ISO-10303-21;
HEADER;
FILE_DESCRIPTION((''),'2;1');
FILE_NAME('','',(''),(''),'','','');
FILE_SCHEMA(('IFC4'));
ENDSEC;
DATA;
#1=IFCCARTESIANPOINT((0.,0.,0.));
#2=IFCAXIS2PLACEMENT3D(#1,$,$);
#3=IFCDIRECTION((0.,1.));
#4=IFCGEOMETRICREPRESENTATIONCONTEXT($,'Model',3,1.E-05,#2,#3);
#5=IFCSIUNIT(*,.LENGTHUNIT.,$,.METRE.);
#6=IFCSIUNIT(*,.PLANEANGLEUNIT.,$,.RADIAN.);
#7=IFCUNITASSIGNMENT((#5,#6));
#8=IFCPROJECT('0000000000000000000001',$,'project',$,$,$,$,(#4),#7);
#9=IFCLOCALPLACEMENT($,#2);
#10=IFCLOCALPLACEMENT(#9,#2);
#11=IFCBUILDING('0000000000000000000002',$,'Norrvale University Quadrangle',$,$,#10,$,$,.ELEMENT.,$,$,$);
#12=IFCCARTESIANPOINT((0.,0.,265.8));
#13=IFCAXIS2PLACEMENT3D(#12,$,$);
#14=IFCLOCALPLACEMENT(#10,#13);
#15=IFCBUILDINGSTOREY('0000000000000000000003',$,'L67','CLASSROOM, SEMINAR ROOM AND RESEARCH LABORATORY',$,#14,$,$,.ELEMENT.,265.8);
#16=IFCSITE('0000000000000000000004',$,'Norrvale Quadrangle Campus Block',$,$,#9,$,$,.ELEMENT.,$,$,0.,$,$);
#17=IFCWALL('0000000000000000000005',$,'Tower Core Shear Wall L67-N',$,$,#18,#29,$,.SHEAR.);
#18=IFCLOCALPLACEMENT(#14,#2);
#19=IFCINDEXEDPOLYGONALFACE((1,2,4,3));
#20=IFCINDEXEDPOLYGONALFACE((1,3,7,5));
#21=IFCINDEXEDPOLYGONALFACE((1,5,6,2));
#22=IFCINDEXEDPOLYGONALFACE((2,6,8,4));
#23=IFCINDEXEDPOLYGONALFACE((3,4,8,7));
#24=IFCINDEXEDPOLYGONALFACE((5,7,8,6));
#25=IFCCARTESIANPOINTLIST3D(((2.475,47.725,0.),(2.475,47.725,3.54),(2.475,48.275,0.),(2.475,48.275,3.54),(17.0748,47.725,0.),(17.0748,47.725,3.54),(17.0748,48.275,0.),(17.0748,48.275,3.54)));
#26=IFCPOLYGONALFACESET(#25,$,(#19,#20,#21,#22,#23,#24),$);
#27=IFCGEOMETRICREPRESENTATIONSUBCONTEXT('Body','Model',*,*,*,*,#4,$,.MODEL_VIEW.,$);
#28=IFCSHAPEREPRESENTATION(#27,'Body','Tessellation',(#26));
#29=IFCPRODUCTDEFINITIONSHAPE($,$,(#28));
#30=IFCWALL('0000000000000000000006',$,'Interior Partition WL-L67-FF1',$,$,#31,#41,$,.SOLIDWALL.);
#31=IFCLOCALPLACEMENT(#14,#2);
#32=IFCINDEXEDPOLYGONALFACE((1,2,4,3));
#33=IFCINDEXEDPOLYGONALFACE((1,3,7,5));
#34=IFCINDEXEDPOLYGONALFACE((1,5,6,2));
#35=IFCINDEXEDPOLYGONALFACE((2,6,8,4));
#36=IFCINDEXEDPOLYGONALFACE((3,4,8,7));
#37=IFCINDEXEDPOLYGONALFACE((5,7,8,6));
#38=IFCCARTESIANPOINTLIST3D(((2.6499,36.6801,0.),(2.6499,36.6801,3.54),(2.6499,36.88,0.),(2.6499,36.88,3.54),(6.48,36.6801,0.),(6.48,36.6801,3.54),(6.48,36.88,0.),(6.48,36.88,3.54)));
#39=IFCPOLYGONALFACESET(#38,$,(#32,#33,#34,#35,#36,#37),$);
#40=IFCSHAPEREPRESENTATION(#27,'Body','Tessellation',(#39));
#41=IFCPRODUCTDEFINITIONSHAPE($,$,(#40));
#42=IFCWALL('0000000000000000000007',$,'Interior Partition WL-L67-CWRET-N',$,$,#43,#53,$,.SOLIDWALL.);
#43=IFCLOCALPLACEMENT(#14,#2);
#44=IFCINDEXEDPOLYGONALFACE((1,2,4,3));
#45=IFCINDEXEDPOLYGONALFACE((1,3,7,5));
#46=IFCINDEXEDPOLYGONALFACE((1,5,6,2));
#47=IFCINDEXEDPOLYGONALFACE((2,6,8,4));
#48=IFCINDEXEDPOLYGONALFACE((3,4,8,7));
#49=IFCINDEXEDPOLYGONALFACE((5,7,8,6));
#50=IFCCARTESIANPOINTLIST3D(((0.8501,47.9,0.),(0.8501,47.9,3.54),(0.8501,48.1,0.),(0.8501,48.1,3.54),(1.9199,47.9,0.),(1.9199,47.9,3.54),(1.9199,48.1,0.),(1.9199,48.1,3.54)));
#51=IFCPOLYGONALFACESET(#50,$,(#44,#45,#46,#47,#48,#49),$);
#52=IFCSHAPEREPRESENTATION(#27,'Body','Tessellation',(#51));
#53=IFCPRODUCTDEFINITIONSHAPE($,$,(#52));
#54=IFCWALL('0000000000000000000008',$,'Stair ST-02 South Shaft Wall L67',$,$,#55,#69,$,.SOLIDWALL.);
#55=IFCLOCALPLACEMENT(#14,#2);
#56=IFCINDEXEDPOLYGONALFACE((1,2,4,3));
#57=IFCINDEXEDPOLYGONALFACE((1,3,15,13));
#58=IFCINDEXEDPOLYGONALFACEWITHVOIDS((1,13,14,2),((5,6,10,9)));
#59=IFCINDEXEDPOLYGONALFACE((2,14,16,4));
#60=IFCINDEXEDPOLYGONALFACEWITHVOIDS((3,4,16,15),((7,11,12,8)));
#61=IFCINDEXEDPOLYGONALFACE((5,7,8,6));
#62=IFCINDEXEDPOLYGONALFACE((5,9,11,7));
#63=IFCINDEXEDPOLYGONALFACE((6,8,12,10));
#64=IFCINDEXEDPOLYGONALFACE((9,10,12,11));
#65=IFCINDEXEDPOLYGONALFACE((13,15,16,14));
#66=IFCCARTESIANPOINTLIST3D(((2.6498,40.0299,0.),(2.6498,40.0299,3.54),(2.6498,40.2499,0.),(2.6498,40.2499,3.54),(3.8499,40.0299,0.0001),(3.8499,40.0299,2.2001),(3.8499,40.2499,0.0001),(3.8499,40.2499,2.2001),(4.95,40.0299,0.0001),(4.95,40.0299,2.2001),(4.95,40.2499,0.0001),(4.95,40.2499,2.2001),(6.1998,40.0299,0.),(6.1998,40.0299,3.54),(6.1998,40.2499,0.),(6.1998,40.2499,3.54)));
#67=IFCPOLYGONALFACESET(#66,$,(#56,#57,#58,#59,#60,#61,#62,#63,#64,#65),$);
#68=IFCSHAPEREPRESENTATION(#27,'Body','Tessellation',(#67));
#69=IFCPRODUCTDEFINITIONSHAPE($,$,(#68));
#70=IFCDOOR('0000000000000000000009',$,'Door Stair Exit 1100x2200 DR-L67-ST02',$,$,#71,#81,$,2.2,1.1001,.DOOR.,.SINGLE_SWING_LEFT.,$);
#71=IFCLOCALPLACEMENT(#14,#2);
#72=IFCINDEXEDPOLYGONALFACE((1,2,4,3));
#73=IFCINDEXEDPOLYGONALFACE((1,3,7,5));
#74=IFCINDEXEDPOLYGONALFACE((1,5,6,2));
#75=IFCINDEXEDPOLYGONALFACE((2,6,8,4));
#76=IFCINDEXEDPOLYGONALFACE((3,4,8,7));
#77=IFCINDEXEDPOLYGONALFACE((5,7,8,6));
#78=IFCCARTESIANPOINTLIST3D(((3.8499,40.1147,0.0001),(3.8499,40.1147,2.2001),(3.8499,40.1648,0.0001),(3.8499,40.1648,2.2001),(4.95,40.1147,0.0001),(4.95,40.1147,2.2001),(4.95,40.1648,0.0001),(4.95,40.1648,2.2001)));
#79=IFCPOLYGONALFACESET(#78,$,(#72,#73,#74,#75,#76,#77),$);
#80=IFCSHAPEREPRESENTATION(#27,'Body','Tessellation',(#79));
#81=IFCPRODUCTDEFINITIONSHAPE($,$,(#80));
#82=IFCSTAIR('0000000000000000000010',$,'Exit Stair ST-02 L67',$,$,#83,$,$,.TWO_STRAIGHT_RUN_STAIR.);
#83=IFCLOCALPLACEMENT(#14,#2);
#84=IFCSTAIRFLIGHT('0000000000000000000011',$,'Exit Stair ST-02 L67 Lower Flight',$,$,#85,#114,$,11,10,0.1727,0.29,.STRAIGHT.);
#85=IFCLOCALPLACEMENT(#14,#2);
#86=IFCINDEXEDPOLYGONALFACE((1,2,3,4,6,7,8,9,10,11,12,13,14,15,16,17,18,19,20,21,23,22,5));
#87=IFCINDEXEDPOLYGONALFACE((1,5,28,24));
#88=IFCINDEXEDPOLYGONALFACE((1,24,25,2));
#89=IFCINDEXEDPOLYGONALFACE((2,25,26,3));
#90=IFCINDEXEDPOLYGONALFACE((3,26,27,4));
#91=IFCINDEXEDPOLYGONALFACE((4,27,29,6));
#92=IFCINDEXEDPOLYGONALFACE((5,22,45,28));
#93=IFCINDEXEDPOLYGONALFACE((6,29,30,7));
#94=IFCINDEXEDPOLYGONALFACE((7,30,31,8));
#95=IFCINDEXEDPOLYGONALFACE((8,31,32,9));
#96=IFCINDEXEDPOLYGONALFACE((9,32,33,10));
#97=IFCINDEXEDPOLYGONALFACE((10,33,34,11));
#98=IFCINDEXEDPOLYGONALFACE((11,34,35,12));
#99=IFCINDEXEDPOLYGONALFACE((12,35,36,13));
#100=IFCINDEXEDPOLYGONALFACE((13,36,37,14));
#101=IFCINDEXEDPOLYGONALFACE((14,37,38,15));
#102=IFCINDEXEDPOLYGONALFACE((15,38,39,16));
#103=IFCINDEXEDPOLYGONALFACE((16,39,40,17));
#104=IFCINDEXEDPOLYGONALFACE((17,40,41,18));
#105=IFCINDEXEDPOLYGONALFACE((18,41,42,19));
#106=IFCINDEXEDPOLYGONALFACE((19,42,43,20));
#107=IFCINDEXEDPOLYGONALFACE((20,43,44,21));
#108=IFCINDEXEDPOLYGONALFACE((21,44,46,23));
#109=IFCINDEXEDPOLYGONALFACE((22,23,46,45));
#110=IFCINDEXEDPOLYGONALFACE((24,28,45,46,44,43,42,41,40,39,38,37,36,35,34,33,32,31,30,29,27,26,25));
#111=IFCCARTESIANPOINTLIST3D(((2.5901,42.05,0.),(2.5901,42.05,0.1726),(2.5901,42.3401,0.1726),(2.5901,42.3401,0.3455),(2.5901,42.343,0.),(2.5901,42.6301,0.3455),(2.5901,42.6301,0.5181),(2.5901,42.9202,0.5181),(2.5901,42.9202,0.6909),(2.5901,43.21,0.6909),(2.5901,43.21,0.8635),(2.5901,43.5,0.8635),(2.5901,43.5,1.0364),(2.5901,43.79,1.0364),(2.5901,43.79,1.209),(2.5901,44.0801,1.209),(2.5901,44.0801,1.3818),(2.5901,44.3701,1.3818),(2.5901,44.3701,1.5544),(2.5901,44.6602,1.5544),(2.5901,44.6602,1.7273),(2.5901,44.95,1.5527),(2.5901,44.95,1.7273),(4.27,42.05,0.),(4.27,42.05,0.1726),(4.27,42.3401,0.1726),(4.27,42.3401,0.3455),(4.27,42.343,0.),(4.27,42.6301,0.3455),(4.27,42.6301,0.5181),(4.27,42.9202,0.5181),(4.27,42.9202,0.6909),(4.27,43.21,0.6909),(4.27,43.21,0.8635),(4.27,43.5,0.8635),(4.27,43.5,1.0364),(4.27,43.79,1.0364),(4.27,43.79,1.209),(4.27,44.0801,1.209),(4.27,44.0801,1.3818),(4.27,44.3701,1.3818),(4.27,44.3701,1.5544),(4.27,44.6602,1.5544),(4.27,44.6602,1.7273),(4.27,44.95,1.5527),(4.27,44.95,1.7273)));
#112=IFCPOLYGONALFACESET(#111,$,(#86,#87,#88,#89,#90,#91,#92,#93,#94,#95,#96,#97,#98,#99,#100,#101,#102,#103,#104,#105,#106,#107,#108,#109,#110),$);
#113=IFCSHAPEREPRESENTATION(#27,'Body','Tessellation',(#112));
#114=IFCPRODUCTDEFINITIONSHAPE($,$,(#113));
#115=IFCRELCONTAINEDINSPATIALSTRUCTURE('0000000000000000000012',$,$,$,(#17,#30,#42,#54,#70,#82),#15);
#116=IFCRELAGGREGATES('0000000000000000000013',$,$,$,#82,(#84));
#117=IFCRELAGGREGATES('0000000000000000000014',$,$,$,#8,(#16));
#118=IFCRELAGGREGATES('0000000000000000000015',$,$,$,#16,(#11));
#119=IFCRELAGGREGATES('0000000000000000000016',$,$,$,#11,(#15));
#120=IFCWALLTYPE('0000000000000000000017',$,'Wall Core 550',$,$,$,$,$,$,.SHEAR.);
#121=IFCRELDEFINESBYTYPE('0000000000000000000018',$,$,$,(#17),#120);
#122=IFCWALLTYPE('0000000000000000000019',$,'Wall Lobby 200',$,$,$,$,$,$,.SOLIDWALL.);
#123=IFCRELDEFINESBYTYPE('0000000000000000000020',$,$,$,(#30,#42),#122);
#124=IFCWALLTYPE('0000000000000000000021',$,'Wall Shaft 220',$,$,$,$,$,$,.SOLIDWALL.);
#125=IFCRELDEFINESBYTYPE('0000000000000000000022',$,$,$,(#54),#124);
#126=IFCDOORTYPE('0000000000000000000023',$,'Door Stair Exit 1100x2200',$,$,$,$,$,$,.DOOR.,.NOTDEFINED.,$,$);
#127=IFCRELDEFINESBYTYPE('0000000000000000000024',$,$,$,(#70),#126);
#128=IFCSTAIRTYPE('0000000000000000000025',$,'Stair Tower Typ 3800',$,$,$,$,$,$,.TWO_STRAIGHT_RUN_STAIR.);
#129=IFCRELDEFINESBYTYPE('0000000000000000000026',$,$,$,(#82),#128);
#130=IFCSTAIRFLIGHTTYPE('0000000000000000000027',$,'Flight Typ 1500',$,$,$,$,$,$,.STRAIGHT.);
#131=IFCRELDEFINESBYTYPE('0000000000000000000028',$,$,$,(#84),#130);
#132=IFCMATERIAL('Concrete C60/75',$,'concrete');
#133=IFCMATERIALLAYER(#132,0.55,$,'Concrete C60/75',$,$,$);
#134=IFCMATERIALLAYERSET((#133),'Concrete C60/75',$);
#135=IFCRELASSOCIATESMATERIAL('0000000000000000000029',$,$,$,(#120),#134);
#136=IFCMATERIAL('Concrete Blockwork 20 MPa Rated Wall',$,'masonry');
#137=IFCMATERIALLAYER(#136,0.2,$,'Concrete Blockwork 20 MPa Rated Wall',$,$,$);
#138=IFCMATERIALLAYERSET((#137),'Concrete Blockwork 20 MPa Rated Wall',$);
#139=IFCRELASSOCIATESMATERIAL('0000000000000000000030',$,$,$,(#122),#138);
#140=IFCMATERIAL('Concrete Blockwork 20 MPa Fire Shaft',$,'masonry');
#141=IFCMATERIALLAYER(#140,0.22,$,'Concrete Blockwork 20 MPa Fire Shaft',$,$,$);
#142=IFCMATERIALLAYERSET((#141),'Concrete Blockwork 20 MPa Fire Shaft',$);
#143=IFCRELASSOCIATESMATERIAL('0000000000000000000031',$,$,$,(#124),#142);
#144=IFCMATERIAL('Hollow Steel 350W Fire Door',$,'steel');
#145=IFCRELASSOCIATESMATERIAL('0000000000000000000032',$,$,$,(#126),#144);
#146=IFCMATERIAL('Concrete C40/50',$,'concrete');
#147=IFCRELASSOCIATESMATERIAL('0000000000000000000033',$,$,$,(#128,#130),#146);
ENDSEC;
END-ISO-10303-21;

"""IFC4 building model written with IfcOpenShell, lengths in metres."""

from ifc_helpers import new_model, si_unit, direction, frame, frame_2d, origin, place, context, subcontext, project, spatial, polyline, rectangle, outline, extrude, material, layer, layer_set, type_object, element, fill, aggregate, save


model = new_model("IFC4")

# Units and contexts
model_context = context("Model", 3, precision=1e-05, world=origin(), true_north=direction((0.0, 1.0)))
body_context = subcontext(model_context, "Body", "Model", "MODEL_VIEW")
ifc_project = project(units=[si_unit("LENGTHUNIT", "METRE"), si_unit("PLANEANGLEUNIT", "RADIAN")], contexts=[model_context])

# Site, building, storey
site_placement = place(None, origin())
site = spatial("IfcSite", under=ifc_project, at=site_placement, Name="Norrvale Quadrangle Campus Block", CompositionType="ELEMENT", RefElevation=0.0)
building_placement = place(site_placement, origin())
building = spatial("IfcBuilding", under=site, at=building_placement, Name="Norrvale University Quadrangle", CompositionType="ELEMENT")
storey_placement = place(building_placement, frame((0.0, 0.0, 265.8)))
storey = spatial("IfcBuildingStorey", under=building, at=storey_placement, Name="L67", Description="CLASSROOM, SEMINAR ROOM AND RESEARCH LABORATORY", CompositionType="ELEMENT", Elevation=265.8)

# Shared definitions
ifc_material_1 = material(Name="Concrete C60/75", Category="concrete")

# Walls
ifc_layer_1 = layer(ifc_material_1, 0.55, Name="Concrete C60/75")
ifc_layer_set_1 = layer_set([ifc_layer_1], Name="Concrete C60/75")
wall_type_1 = type_object("IfcWallType", Name="Wall Core 550", PredefinedType="SHEAR", material=ifc_layer_set_1)
wall_1_placement = place(storey_placement, frame((2.4751, 48.0, 0.0), z_axis=(0.0, 0.0, 1.0), x_axis=(1.0, 0.0, 0.0)))
element("IfcWall", 1, at=wall_1_placement, inside=storey, type_object=wall_type_1, Name="Tower Core Shear Wall L67-N", PredefinedType="SHEAR", context=body_context, shape_type="SweptSolid", body=[
    extrude(rectangle(XDim=14.5999, YDim=0.55, at=frame_2d((7.2998, 0.0))), origin(), (0.0, 0.0, 1.0), 3.54),
])
ifc_material_2 = material(Name="Concrete Blockwork 20 MPa Rated Wall", Category="masonry")
ifc_layer_2 = layer(ifc_material_2, 0.2, Name="Concrete Blockwork 20 MPa Rated Wall")
ifc_layer_set_2 = layer_set([ifc_layer_2], Name="Concrete Blockwork 20 MPa Rated Wall")
wall_type_2 = type_object("IfcWallType", Name="Wall Lobby 200", PredefinedType="SOLIDWALL", material=ifc_layer_set_2)
wall_2_placement = place(storey_placement, frame((2.6499, 36.78, 0.0), z_axis=(0.0, 0.0, 1.0), x_axis=(1.0, 0.0, 0.0)))
element("IfcWall", 2, at=wall_2_placement, inside=storey, type_object=wall_type_2, Name="Interior Partition WL-L67-FF1", PredefinedType="SOLIDWALL", context=body_context, shape_type="SweptSolid", body=[
    extrude(rectangle(XDim=3.8301, YDim=0.2, at=frame_2d((1.915, 0.0))), origin(), (0.0, 0.0, 1.0), 3.54),
])
wall_3_placement = place(storey_placement, frame((0.8501, 48.0, 0.0), z_axis=(0.0, 0.0, 1.0), x_axis=(1.0, 0.0, 0.0)))
element("IfcWall", 3, at=wall_3_placement, inside=storey, type_object=wall_type_2, Name="Interior Partition WL-L67-CWRET-N", PredefinedType="SOLIDWALL", context=body_context, shape_type="SweptSolid", body=[
    extrude(rectangle(XDim=1.0698, YDim=0.2, at=frame_2d((0.5349, 0.0))), origin(), (0.0, 0.0, 1.0), 3.54),
])

# Wall, opening, door
ifc_material_3 = material(Name="Concrete Blockwork 20 MPa Fire Shaft", Category="masonry")
ifc_layer_3 = layer(ifc_material_3, 0.22, Name="Concrete Blockwork 20 MPa Fire Shaft")
ifc_layer_set_3 = layer_set([ifc_layer_3], Name="Concrete Blockwork 20 MPa Fire Shaft")
wall_type_3 = type_object("IfcWallType", Name="Wall Shaft 220", PredefinedType="SOLIDWALL", material=ifc_layer_set_3)
wall_4_placement = place(storey_placement, frame((2.6499, 40.1399, 0.0), z_axis=(0.0, 0.0, 1.0), x_axis=(1.0, 0.0, 0.0)))
wall_4 = element("IfcWall", 4, at=wall_4_placement, inside=storey, type_object=wall_type_3, Name="Stair ST-02 South Shaft Wall L67", PredefinedType="SOLIDWALL", context=body_context, shape_type="SweptSolid", body=[
    extrude(rectangle(XDim=3.55, YDim=0.22, at=frame_2d((1.7749, 0.0))), origin(), (0.0, 0.0, 1.0), 3.54),
])
opening_1_placement = place(wall_4_placement, frame((1.2, 0.0, 0.0)))
opening_1 = element("IfcOpeningElement", 5, at=opening_1_placement, cuts=wall_4, PredefinedType="OPENING", context=body_context, shape_type="SweptSolid", body=[
    extrude(rectangle(XDim=1.1001, YDim=2.2, at=frame_2d((0.55, 1.1001))), frame((0.0, 0.1221, 0.0), z_axis=(0.0, -1.0, 0.0), x_axis=(1.0, 0.0, 0.0)), (0.0, 0.0, 1.0), 0.2439),
])
ifc_material_4 = material(Name="Hollow Steel 350W Fire Door", Category="steel")
door_type = type_object("IfcDoorType", Name="Door Stair Exit 1100x2200", OperationType="NOTDEFINED", PredefinedType="DOOR", material=ifc_material_4)
door_placement = place(opening_1_placement, origin())
door = element("IfcDoor", 6, at=door_placement, inside=storey, type_object=door_type, Name="Door Stair Exit 1100x2200 DR-L67-ST02", OperationType="SINGLE_SWING_LEFT", OverallHeight=2.2, OverallWidth=1.1001, PredefinedType="DOOR", context=body_context, shape_type="SweptSolid", body=[
    extrude(rectangle(XDim=1.1001, YDim=2.2, at=frame_2d((0.55, 1.1001))), frame((0.0, 0.0249, 0.0), z_axis=(0.0, -1.0, 0.0), x_axis=(1.0, 0.0, 0.0)), (0.0, 0.0, 1.0), 0.05),
])
fill(opening_1, door)

# Stair, stair flight
ifc_material_5 = material(Name="Concrete C40/50", Category="concrete")
stair_type = type_object("IfcStairType", Name="Stair Tower Typ 3800", PredefinedType="TWO_STRAIGHT_RUN_STAIR", material=ifc_material_5)
stair_placement = place(storey_placement, origin())
stair = element("IfcStair", 7, at=stair_placement, inside=storey, type_object=stair_type, Name="Exit Stair ST-02 L67", PredefinedType="TWO_STRAIGHT_RUN_STAIR")
stair_flight_type = type_object("IfcStairFlightType", Name="Flight Typ 1500", PredefinedType="STRAIGHT", material=ifc_material_5)
stair_flight_placement = place(storey_placement, frame((3.4299, 42.05, 0.0), z_axis=(0.0, 0.0, 1.0), x_axis=(0.0, 1.0, 0.0)))
stair_flight = element("IfcStairFlight", 8, at=stair_flight_placement, type_object=stair_flight_type, Name="Exit Stair ST-02 L67 Lower Flight", NumberOfRisers=11, NumberOfTreads=10, PredefinedType="STRAIGHT", RiserHeight=0.1727, TreadLength=0.29, context=body_context, shape_type="SweptSolid", body=[
    extrude(outline(polyline([(0.0, 0.0), (0.0, 0.1726), (0.29, 0.1726), (0.29, 0.3455), (0.5801, 0.3455), (0.5801, 0.5181), (0.8701, 0.5181), (0.8701, 0.6909), (1.1599, 0.6909), (1.1599, 0.8635), (1.45, 0.8635), (1.45, 1.0364), (1.74, 1.0364), (1.74, 1.209), (2.03, 1.209), (2.03, 1.3818), (2.3201, 1.3818), (2.3201, 1.5544), (2.6101, 1.5544), (2.6101, 1.7273), (2.8999, 1.7273), (2.8999, 1.8999), (2.8999, 1.5527), (0.293, 0.0), (0.0, 0.0)])), frame((0.0, 0.8398, 0.0), z_axis=(0.0, -1.0, 0.0), x_axis=(1.0, 0.0, 0.0)), (0.0, 0.0, 1.0), 1.6799),
])
aggregate(stair, [stair_flight])

save(model, "model.ifc")
